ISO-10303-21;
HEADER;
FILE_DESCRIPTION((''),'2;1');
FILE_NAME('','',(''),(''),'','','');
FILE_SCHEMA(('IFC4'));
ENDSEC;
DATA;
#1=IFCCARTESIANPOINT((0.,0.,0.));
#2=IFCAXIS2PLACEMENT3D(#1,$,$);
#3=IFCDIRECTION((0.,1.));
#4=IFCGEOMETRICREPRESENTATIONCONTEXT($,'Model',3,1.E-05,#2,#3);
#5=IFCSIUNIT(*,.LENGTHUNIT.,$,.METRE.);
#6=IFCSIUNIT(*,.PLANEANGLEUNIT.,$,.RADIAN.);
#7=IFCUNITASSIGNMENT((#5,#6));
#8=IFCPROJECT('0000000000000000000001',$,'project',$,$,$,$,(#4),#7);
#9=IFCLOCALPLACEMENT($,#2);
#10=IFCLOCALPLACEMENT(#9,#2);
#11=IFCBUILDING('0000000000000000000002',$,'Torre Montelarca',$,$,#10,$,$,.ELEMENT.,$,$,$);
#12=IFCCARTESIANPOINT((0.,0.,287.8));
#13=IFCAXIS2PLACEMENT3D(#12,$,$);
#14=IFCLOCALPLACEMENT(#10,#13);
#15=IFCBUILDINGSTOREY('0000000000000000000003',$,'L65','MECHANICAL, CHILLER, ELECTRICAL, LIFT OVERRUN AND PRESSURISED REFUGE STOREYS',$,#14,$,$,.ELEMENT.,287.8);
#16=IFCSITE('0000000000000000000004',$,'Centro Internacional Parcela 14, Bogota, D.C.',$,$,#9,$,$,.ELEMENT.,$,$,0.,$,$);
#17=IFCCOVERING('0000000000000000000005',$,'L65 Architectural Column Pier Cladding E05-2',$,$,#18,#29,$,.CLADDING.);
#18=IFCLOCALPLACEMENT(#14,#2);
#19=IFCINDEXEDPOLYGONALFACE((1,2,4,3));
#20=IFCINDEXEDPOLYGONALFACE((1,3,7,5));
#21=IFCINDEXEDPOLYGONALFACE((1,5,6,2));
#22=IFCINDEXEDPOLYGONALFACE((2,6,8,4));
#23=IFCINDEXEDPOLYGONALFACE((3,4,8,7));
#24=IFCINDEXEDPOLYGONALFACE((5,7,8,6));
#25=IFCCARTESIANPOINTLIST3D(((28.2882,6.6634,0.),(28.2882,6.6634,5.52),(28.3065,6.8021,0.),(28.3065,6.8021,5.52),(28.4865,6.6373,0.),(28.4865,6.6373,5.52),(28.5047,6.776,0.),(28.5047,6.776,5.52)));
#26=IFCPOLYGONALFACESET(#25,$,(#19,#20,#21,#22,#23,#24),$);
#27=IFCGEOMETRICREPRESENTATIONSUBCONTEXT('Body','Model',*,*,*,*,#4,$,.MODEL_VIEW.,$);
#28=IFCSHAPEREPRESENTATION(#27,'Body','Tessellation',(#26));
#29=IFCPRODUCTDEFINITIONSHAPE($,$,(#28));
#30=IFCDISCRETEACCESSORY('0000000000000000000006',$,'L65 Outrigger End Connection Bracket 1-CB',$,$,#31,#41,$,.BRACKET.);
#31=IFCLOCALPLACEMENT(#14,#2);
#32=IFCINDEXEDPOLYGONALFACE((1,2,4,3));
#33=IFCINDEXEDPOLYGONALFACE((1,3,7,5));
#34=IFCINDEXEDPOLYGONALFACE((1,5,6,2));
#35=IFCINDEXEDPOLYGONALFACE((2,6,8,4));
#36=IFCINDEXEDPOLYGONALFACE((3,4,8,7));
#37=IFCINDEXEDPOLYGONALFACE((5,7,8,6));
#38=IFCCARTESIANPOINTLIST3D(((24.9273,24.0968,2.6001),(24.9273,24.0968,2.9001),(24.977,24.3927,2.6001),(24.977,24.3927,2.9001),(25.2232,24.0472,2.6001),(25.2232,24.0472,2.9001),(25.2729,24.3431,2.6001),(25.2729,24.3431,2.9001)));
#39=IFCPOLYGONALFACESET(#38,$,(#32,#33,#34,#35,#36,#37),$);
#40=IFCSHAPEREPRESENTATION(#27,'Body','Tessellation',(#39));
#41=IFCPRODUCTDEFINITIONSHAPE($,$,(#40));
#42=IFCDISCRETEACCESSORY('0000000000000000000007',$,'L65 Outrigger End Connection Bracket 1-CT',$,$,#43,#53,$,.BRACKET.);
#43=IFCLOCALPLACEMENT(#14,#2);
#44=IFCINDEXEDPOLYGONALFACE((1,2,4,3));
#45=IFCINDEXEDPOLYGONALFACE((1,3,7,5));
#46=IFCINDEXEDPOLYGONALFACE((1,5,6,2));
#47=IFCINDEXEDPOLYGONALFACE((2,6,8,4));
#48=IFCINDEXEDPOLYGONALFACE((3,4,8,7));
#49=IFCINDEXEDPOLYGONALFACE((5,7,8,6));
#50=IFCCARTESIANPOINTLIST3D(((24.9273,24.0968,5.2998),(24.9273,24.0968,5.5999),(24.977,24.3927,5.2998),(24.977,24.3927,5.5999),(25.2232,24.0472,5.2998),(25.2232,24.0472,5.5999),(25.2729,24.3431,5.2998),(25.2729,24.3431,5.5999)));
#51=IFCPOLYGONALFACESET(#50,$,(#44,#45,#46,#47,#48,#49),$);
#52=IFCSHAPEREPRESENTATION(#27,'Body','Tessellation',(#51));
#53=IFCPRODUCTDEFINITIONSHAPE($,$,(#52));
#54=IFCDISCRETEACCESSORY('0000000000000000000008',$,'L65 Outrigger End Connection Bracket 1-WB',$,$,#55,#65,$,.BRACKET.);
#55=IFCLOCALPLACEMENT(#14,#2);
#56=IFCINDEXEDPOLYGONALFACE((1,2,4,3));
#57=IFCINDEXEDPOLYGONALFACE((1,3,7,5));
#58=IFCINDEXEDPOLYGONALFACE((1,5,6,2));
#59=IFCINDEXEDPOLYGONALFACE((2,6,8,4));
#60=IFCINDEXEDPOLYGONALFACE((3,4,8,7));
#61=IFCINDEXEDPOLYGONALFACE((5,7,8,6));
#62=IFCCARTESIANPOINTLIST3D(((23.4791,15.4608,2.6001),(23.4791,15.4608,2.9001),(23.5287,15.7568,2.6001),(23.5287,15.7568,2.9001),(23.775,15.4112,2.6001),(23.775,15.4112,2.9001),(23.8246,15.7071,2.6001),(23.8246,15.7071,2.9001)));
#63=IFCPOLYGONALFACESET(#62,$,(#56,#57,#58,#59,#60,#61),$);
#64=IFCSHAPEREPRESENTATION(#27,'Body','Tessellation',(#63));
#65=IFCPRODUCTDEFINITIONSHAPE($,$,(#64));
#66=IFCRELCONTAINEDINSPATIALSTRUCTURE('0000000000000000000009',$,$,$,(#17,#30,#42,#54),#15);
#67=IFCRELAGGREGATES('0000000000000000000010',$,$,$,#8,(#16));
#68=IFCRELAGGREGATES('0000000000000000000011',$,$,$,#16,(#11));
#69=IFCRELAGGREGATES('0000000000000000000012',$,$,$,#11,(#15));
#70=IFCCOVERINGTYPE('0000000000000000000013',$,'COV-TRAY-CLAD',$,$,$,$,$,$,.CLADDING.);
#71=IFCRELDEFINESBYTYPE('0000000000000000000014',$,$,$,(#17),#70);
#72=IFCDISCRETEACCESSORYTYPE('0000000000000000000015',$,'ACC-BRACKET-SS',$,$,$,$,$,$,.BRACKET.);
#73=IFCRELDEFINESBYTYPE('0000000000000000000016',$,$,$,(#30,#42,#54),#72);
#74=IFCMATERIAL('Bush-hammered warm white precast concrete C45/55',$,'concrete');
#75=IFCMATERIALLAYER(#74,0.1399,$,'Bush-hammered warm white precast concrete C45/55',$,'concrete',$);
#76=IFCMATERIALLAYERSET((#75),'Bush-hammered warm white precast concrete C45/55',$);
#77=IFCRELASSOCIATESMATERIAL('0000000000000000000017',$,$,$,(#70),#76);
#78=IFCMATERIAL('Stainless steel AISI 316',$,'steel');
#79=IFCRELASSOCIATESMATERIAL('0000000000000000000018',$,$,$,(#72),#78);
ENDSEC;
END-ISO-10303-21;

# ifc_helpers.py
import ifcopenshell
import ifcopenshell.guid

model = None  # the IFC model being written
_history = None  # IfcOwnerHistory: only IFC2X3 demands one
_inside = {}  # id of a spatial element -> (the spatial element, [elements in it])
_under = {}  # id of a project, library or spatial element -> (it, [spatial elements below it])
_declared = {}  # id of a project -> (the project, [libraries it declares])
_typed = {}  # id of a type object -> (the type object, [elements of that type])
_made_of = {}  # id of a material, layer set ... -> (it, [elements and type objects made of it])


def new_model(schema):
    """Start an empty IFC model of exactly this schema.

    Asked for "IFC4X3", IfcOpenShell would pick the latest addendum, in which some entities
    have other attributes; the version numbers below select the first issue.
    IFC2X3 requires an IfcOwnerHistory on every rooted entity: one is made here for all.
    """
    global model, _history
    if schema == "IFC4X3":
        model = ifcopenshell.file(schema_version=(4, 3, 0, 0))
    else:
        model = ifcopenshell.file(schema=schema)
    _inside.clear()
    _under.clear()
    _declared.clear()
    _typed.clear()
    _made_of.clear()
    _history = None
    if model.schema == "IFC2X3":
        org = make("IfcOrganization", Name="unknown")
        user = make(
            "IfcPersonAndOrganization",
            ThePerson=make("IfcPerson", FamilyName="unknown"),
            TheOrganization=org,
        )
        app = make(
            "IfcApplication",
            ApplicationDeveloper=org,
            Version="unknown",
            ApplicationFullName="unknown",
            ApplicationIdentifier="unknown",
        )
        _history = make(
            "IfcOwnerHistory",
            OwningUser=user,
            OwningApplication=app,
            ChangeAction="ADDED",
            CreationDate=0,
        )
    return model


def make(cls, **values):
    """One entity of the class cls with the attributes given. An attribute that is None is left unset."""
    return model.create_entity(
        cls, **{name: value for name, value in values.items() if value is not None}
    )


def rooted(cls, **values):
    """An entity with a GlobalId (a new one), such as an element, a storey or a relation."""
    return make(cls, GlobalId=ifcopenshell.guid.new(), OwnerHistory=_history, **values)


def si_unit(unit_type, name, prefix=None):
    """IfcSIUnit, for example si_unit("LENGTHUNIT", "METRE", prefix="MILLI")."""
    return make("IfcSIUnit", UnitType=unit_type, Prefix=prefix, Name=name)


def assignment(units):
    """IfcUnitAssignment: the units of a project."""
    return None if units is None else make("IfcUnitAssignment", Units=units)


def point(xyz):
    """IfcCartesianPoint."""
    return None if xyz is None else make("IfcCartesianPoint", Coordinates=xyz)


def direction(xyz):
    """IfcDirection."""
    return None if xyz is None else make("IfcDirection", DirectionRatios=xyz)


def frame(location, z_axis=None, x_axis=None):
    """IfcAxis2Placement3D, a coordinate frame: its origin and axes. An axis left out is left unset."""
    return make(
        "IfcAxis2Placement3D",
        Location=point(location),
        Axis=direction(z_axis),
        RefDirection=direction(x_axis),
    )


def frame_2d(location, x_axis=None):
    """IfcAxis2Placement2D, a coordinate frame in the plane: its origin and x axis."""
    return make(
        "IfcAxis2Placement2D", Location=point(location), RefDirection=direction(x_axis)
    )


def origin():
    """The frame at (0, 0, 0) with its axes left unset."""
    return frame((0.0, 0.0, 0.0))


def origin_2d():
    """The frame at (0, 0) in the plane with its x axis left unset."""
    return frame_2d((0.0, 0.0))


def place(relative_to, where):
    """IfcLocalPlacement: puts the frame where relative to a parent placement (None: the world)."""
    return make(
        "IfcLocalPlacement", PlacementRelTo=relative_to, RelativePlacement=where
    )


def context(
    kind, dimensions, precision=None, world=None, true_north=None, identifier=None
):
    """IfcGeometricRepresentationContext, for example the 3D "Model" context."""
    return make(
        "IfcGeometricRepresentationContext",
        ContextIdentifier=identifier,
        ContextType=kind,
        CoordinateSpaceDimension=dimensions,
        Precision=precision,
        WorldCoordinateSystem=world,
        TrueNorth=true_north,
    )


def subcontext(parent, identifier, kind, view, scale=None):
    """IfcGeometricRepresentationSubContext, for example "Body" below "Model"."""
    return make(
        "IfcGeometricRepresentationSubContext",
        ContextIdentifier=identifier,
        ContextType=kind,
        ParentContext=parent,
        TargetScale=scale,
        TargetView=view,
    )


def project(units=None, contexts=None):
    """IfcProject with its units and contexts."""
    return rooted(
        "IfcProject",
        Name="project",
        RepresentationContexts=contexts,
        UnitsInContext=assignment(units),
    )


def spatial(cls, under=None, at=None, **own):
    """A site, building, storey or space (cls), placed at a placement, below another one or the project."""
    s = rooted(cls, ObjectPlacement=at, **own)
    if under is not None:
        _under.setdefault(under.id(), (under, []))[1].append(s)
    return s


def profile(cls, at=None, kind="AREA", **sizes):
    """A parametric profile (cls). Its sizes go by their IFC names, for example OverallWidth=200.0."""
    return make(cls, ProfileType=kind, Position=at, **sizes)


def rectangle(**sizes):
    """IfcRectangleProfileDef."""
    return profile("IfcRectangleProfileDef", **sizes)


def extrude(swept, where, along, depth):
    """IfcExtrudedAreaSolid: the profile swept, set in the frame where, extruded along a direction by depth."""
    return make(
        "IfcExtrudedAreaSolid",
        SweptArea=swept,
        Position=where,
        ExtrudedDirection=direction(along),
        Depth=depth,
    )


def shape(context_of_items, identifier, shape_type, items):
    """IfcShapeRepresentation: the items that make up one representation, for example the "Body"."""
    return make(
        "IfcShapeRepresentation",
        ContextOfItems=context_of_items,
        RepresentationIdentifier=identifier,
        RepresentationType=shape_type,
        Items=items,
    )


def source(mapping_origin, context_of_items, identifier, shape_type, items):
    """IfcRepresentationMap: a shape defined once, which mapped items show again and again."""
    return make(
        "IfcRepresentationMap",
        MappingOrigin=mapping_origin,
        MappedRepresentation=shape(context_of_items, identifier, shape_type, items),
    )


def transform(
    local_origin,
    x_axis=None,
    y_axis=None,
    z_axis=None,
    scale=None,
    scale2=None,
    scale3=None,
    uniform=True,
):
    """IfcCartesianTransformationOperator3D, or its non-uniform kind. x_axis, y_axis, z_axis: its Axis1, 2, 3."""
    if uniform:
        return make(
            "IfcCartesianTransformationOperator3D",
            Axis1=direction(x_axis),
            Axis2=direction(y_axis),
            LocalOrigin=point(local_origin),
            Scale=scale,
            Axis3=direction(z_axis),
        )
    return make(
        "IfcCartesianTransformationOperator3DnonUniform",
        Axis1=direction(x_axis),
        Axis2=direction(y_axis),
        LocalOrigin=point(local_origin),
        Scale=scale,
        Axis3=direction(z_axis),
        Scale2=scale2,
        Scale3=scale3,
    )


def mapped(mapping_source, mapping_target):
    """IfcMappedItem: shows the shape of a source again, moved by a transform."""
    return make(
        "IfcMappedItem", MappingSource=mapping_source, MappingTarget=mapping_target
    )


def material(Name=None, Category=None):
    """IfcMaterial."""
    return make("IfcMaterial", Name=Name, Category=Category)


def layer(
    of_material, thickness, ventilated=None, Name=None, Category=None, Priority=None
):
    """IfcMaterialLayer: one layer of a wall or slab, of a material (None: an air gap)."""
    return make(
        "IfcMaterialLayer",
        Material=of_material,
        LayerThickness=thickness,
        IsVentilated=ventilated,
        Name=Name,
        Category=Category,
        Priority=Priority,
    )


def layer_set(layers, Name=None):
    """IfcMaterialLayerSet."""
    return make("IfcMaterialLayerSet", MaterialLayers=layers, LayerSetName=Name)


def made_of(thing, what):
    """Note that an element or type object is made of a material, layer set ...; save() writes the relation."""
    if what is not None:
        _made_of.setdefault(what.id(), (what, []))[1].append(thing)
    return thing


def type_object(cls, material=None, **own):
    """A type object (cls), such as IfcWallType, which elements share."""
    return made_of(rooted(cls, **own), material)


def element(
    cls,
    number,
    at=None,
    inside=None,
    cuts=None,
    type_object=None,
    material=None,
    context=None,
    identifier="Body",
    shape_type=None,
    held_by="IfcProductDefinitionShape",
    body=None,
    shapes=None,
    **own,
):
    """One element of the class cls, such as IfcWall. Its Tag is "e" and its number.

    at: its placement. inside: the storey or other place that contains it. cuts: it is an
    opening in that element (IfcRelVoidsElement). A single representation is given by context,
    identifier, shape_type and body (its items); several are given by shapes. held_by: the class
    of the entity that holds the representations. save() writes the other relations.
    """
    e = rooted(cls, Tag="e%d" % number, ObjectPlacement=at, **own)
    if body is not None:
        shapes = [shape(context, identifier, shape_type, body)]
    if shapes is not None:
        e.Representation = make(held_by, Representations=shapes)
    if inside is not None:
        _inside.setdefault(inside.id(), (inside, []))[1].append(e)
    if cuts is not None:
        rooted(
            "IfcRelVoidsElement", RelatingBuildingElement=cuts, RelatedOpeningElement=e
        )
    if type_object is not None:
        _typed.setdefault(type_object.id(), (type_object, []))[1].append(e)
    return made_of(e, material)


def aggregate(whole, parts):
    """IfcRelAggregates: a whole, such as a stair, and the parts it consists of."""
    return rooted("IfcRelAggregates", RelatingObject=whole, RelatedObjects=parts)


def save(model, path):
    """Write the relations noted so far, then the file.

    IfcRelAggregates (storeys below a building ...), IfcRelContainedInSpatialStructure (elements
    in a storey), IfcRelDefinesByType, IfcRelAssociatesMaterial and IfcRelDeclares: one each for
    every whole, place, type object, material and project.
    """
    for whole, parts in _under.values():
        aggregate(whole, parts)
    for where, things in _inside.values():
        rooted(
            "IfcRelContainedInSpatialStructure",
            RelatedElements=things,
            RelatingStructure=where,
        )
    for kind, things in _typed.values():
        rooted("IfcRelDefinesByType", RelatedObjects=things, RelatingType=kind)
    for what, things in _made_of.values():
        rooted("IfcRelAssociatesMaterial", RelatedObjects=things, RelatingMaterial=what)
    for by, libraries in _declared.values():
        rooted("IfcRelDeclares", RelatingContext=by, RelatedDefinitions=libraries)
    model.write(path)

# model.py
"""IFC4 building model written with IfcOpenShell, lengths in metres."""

from ifc_helpers import new_model, si_unit, direction, frame, origin, origin_2d, place, context, subcontext, project, spatial, rectangle, extrude, source, transform, mapped, material, layer, layer_set, type_object, element, save


model = new_model("IFC4")

# Units and contexts
model_context = context("Model", 3, precision=1e-05, world=origin(), true_north=direction((0.0, 1.0)))
body_context = subcontext(model_context, "Body", "Model", "MODEL_VIEW")
ifc_project = project(units=[si_unit("LENGTHUNIT", "METRE"), si_unit("PLANEANGLEUNIT", "RADIAN")], contexts=[model_context])

# Site, building, storey
site_placement = place(None, origin())
site = spatial("IfcSite", under=ifc_project, at=site_placement, Name="Centro Internacional Parcela 14, Bogota, D.C.", CompositionType="ELEMENT", RefElevation=0.0)
building_placement = place(site_placement, origin())
building = spatial("IfcBuilding", under=site, at=building_placement, Name="Torre Montelarca", CompositionType="ELEMENT")
storey_placement = place(building_placement, frame((0.0, 0.0, 287.8)))
storey = spatial("IfcBuildingStorey", under=building, at=storey_placement, Name="L65", Description="MECHANICAL, CHILLER, ELECTRICAL, LIFT OVERRUN AND PRESSURISED REFUGE STOREYS", CompositionType="ELEMENT", Elevation=287.8)

# Covering
ifc_material_1 = material(Name="Bush-hammered warm white precast concrete C45/55", Category="concrete")
ifc_layer_1 = layer(ifc_material_1, 0.1399, Name="Bush-hammered warm white precast concrete C45/55", Category="concrete")
ifc_layer_set_1 = layer_set([ifc_layer_1], Name="Bush-hammered warm white precast concrete C45/55")
covering_type = type_object("IfcCoveringType", Name="COV-TRAY-CLAD", PredefinedType="CLADDING", material=ifc_layer_set_1)
shared_shape_1 = source(origin(), body_context, "Body", "SweptSolid", [
    extrude(rectangle(XDim=0.2, YDim=0.1399, at=origin_2d()), origin(), (0.0, 0.0, 1.0), 5.52),
])
covering_1_placement = place(storey_placement, frame((28.3965, 6.7197, 0.0), z_axis=(0.0, 0.0, 1.0), x_axis=(0.991444, -0.130531, 0.0)))
element("IfcCovering", 1, at=covering_1_placement, inside=storey, type_object=covering_type, Name="L65 Architectural Column Pier Cladding E05-2", PredefinedType="CLADDING", context=body_context, shape_type="MappedRepresentation", body=[
    mapped(shared_shape_1, transform((0.0, 0.0, 0.0), scale=1.0)),
])

# Discrete accessories
ifc_material_2 = material(Name="Stainless steel AISI 316", Category="steel")
discrete_accessory_type = type_object("IfcDiscreteAccessoryType", Name="ACC-BRACKET-SS", PredefinedType="BRACKET", material=ifc_material_2)
shared_shape_2 = source(origin(), body_context, "Body", "SweptSolid", [
    extrude(rectangle(XDim=0.3, YDim=0.3, at=origin_2d()), origin(), (0.0, 0.0, 1.0), 0.3),
])
for number, where, z_axis, x_axis, name in (
    (2, (25.1001, 24.22, 2.6001), (0.0, 0.0, 1.0), (0.165392, 0.986228, 0.0), "L65 Outrigger End Connection Bracket 1-CB"),
    (3, (25.1001, 24.22, 5.2998), (0.0, 0.0, 1.0), (0.165392, 0.986228, 0.0), "L65 Outrigger End Connection Bracket 1-CT"),
    (4, (23.6519, 15.584, 2.6001), (0.0, 0.0, 1.0), (0.165392, 0.986228, 0.0), "L65 Outrigger End Connection Bracket 1-WB"),
):
    element("IfcDiscreteAccessory", number, at=place(storey_placement, frame(where, z_axis=z_axis, x_axis=x_axis)), inside=storey, type_object=discrete_accessory_type, Name=name, PredefinedType="BRACKET", context=body_context, shape_type="MappedRepresentation", body=[
        mapped(shared_shape_2, transform((0.0, 0.0, 0.0), scale=1.0)),
    ])

save(model, "model.ifc")
